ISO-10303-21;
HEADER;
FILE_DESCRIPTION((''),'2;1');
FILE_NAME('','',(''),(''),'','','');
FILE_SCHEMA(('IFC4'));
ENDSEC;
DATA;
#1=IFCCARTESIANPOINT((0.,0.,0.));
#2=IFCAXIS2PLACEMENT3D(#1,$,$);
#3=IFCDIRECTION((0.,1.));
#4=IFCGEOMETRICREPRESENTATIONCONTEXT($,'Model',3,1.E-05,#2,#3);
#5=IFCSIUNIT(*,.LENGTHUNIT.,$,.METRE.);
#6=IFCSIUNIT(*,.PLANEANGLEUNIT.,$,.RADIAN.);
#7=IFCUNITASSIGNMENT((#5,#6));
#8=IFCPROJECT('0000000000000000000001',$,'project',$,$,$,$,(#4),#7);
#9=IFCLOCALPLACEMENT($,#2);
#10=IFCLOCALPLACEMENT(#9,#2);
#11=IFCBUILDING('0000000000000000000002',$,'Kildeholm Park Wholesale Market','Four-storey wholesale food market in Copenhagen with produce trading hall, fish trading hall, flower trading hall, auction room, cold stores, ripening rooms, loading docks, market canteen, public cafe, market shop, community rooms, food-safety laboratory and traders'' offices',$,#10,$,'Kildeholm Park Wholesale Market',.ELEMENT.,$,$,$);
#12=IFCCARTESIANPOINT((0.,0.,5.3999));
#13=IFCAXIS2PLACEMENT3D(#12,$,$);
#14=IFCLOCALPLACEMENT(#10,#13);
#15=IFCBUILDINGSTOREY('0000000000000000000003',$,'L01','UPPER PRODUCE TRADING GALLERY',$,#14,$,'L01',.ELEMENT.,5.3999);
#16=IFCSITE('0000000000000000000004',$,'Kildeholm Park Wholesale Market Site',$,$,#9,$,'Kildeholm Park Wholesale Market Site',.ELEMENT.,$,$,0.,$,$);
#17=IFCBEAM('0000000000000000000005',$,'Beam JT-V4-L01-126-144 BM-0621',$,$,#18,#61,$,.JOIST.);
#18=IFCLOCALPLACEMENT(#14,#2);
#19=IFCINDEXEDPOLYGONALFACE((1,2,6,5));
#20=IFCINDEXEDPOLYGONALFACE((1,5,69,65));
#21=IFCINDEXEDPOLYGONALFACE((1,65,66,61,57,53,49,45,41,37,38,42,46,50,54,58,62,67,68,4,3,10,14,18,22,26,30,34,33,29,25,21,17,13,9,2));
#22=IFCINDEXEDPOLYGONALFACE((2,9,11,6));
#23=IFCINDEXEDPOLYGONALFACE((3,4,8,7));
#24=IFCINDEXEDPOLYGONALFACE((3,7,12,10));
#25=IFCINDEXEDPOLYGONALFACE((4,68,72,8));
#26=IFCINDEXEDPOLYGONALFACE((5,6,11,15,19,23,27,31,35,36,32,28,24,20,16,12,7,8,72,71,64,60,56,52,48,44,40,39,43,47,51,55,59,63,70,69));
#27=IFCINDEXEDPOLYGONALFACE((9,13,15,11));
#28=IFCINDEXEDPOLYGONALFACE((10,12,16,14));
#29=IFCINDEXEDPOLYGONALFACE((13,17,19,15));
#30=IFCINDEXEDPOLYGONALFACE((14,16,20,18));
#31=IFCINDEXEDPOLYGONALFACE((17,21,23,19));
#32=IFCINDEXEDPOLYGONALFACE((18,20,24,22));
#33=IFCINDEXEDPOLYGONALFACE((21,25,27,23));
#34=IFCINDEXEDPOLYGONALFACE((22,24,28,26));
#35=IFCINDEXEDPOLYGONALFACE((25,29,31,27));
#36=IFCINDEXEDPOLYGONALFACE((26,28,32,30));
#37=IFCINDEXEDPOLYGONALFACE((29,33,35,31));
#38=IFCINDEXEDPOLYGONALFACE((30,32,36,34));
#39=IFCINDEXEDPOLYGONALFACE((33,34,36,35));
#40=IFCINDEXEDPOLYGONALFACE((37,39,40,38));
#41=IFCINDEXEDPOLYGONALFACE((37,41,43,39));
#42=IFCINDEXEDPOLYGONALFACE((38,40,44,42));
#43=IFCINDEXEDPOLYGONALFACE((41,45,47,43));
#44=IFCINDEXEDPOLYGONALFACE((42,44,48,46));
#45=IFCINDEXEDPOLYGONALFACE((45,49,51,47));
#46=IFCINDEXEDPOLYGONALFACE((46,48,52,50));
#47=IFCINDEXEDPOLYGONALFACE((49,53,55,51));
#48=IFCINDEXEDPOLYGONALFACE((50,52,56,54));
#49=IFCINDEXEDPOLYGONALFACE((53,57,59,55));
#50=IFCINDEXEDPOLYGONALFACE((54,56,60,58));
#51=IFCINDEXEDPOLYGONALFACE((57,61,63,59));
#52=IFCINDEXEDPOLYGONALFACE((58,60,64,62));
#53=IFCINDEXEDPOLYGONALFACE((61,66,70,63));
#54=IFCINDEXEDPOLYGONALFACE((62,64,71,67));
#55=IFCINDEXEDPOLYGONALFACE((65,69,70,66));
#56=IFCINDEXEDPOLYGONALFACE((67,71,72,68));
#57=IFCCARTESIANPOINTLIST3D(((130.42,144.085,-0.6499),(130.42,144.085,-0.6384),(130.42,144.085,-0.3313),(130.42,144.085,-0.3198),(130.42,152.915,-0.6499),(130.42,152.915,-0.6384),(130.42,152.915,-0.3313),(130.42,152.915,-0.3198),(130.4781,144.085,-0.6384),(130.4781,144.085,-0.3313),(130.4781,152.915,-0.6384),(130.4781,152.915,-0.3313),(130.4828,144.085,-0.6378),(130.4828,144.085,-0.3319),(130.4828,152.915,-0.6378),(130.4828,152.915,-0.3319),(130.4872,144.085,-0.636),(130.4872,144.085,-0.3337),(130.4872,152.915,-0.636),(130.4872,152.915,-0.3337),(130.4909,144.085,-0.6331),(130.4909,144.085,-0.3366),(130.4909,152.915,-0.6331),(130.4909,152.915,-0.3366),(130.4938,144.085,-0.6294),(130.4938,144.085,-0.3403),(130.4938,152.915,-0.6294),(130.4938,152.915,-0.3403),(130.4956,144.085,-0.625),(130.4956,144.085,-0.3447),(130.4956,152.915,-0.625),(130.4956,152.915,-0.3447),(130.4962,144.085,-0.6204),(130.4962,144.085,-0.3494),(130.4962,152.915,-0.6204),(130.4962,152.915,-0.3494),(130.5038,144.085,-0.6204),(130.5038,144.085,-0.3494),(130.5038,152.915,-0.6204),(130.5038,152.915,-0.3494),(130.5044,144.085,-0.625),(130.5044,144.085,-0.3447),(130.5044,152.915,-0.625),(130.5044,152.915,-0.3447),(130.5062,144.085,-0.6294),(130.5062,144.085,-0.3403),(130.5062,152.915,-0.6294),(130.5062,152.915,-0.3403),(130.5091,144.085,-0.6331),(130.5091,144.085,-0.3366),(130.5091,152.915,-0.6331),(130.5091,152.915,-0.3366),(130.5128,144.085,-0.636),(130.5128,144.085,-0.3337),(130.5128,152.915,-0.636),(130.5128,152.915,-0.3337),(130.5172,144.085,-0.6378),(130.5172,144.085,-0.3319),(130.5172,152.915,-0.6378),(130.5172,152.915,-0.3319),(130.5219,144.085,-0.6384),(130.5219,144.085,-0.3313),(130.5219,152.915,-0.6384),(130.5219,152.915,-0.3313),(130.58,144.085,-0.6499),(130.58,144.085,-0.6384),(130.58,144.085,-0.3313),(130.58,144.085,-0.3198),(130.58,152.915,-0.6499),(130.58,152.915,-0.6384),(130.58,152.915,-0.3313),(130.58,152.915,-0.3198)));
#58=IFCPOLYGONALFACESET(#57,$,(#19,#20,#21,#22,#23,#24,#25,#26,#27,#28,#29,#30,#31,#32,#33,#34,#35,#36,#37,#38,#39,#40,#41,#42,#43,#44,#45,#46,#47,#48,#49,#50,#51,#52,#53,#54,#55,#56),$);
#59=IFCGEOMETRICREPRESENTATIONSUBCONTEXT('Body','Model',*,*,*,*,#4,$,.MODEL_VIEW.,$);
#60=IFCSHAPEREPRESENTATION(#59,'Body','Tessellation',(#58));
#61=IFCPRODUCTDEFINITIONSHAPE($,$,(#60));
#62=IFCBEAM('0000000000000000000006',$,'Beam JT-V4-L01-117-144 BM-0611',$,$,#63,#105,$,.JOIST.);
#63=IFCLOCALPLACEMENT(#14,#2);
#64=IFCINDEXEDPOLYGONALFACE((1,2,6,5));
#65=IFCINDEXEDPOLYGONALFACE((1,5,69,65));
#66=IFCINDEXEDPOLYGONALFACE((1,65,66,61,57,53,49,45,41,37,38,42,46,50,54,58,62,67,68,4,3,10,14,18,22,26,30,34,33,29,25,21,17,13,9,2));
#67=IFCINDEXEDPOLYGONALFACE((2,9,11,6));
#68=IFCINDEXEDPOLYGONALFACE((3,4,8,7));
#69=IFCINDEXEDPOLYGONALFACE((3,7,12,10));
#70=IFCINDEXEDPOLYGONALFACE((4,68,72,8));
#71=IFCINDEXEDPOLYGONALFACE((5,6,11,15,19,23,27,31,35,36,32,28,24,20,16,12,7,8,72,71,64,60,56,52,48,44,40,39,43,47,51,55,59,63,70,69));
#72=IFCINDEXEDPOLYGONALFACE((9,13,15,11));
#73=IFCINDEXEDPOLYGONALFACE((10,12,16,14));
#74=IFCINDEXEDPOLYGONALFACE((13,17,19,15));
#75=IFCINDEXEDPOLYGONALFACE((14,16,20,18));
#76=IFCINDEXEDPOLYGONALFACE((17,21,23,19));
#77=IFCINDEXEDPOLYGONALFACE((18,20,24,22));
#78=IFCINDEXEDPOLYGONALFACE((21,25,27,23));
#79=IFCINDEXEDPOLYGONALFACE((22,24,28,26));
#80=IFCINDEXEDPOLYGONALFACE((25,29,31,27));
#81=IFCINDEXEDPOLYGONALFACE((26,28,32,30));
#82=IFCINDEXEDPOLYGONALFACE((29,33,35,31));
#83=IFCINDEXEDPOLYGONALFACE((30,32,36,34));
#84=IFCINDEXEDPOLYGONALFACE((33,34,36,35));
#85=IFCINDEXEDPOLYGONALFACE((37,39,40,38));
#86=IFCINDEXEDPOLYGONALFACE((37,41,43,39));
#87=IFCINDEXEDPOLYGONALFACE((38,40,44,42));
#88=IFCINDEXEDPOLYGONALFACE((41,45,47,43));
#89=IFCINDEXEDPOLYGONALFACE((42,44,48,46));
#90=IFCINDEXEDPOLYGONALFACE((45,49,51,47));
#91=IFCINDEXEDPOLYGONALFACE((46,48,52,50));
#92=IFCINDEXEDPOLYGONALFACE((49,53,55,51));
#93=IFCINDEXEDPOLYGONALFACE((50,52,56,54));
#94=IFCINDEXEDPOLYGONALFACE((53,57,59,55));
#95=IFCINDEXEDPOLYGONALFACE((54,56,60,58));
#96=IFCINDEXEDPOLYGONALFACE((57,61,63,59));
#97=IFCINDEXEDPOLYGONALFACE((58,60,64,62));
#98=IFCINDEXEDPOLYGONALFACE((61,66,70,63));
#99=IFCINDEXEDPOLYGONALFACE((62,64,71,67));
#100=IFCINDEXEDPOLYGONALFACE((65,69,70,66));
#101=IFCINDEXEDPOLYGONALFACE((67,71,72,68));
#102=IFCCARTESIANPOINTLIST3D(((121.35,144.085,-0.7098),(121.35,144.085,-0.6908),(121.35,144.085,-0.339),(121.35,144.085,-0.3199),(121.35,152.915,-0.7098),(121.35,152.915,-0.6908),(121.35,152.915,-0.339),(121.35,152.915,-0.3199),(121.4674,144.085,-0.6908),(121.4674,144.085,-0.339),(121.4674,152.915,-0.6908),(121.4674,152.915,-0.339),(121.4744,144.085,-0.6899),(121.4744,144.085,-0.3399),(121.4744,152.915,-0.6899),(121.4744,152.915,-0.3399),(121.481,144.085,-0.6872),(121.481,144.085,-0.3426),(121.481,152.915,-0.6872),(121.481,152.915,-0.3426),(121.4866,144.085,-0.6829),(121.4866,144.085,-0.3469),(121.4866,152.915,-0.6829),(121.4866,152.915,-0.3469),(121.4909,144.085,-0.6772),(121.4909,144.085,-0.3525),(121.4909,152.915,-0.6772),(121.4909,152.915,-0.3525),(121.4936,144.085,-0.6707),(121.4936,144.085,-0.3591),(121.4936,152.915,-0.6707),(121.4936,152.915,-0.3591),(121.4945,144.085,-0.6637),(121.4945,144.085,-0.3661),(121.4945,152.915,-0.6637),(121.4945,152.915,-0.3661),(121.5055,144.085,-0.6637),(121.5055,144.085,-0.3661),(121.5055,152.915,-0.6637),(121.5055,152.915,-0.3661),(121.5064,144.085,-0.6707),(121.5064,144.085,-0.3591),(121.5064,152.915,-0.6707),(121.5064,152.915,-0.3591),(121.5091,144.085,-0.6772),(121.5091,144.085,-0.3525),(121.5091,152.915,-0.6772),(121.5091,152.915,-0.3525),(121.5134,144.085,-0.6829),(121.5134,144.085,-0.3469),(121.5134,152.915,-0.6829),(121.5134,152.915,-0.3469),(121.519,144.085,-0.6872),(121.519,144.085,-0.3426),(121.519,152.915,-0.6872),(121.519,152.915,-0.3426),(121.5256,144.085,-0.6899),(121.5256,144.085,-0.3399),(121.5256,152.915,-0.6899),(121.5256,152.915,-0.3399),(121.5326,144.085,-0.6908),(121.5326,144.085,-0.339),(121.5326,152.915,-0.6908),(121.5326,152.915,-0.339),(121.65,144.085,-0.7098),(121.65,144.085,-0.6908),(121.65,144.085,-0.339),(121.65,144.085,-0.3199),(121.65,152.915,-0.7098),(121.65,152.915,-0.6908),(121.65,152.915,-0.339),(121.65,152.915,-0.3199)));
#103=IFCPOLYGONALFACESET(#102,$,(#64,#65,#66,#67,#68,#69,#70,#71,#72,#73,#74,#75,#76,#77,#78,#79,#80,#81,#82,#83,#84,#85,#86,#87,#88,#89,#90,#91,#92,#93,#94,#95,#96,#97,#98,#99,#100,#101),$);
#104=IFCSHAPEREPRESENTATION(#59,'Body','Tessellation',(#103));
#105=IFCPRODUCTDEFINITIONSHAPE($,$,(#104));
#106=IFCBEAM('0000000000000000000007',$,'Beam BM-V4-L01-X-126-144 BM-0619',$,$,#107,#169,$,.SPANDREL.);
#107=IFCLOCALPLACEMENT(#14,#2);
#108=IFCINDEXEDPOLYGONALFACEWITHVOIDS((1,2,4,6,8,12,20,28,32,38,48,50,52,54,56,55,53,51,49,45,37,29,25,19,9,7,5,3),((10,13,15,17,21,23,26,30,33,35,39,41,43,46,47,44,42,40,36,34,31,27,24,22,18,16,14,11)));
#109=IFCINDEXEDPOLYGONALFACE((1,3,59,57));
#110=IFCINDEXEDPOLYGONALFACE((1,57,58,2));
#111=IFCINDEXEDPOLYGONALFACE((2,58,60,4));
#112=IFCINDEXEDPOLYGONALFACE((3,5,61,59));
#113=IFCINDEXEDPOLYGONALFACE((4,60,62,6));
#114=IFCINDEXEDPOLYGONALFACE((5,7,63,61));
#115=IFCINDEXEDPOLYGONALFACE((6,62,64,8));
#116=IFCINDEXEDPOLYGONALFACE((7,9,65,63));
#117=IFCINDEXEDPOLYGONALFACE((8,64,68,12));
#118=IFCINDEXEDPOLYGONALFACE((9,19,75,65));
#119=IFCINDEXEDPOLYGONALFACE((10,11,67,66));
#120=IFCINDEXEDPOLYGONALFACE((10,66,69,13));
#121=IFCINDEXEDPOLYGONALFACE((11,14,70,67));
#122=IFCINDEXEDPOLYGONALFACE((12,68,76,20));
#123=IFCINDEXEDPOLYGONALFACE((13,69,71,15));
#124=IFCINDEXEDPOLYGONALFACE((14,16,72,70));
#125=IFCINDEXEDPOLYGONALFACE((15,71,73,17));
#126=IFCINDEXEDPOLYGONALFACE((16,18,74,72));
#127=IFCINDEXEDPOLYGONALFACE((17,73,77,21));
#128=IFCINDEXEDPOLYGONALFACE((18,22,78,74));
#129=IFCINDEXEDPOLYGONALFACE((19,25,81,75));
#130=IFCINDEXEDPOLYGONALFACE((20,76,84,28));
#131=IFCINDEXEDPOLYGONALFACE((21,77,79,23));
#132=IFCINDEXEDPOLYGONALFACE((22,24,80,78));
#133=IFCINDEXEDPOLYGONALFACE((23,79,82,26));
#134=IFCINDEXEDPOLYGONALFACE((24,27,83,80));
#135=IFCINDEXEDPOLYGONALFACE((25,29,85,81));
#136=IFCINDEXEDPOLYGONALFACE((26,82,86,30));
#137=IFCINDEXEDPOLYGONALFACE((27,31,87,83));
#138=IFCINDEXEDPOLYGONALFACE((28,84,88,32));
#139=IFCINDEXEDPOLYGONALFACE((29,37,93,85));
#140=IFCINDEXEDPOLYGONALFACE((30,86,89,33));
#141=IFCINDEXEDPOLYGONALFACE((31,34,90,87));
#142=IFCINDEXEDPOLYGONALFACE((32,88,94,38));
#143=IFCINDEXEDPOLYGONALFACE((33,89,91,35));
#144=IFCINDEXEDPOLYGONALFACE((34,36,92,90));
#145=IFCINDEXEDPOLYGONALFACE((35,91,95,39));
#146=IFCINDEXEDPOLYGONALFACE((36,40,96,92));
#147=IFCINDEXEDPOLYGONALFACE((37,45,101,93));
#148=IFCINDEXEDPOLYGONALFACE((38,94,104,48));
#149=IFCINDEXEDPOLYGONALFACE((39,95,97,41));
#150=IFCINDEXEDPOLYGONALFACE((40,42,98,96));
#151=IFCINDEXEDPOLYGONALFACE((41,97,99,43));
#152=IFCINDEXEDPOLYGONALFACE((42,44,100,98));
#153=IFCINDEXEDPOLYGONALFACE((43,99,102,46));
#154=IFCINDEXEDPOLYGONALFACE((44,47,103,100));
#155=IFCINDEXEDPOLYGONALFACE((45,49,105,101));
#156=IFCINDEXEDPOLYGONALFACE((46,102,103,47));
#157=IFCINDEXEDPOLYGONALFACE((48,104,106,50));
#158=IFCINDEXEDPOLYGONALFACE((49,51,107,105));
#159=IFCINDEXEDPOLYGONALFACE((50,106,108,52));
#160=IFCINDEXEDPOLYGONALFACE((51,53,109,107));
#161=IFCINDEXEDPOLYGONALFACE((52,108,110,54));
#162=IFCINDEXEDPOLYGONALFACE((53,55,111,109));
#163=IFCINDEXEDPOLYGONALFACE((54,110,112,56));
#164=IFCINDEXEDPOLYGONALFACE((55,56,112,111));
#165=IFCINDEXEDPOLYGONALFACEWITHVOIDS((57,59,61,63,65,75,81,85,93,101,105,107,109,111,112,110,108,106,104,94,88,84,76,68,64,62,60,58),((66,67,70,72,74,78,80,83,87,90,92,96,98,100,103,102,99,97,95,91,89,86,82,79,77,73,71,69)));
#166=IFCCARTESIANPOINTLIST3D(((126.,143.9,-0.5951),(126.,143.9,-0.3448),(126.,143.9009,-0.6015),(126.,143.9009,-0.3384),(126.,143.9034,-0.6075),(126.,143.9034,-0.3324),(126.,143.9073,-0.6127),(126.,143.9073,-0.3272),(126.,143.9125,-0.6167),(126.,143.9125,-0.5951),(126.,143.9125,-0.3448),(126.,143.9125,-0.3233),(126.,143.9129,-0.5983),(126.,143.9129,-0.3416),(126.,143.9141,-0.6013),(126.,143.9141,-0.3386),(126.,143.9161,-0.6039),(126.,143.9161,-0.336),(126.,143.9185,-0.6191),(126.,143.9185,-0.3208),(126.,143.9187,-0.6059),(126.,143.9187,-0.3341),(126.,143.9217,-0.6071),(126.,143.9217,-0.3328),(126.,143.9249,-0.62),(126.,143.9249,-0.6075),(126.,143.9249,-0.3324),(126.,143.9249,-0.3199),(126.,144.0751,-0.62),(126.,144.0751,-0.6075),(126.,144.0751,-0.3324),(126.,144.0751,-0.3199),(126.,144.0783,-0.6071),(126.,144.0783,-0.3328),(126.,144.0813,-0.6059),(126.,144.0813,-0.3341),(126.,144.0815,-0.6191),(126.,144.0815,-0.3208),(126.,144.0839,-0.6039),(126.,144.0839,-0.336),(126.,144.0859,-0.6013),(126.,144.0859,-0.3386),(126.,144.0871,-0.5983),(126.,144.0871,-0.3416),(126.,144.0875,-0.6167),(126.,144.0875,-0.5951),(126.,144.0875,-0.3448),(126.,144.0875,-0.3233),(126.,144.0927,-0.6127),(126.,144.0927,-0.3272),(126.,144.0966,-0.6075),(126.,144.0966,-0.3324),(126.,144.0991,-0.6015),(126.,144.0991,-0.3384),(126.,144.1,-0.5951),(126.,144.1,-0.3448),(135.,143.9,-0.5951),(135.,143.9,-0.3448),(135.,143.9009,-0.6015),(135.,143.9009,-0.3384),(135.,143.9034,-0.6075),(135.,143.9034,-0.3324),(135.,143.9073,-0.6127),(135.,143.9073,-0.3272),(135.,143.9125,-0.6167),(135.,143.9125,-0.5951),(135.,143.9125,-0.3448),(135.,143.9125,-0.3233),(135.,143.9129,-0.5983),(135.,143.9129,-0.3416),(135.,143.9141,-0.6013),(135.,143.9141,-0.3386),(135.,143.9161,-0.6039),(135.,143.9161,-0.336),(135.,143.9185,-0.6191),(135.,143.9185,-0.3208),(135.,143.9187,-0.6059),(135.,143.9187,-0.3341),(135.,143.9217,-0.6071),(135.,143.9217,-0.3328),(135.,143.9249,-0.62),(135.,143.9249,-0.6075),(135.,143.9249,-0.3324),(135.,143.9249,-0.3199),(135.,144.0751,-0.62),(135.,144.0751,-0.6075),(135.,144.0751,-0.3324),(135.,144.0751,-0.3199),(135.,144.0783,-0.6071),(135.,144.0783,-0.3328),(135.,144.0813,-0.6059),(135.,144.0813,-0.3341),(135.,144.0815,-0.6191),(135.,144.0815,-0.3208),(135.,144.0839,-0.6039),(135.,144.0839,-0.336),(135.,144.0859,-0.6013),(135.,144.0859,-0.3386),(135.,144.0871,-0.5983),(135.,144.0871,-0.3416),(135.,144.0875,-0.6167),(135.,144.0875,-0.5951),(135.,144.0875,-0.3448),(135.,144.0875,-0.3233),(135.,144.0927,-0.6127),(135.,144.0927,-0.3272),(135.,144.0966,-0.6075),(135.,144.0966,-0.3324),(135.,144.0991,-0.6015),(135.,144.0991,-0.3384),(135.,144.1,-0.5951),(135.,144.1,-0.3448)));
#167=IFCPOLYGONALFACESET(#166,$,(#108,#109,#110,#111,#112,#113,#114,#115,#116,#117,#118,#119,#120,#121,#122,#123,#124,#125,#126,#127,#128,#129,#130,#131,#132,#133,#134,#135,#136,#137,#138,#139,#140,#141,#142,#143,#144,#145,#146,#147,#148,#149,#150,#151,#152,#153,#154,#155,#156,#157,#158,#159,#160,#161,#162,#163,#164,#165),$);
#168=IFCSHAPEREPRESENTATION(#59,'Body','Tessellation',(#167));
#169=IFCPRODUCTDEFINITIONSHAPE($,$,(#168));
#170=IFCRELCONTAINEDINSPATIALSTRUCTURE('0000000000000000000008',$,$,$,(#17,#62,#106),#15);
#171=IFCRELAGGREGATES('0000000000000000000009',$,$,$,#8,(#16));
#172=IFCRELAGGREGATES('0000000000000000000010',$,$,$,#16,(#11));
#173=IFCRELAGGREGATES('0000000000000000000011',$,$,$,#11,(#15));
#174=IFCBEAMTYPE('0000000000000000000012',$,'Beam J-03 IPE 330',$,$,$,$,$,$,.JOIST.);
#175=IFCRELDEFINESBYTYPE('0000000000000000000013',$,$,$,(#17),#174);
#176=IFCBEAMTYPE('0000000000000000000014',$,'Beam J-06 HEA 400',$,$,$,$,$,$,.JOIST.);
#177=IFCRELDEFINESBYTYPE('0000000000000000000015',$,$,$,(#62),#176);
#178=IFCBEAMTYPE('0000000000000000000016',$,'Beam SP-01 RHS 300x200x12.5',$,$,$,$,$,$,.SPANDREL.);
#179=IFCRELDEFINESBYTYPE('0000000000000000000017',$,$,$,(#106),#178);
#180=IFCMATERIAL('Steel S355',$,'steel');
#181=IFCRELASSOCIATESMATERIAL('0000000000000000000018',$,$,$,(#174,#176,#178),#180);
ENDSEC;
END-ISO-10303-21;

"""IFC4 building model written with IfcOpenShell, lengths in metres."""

from ifc_helpers import new_model, si_unit, direction, frame, origin, origin_2d, place, context, subcontext, project, spatial, hollow_rectangle, i_section, extrude, material, material_profile, profile_set, type_object, element, save


model = new_model("IFC4")

# Units and contexts
model_context = context("Model", 3, precision=1e-05, world=origin(), true_north=direction((0.0, 1.0)))
body_context = subcontext(model_context, "Body", "Model", "MODEL_VIEW")
ifc_project = project(units=[si_unit("LENGTHUNIT", "METRE"), si_unit("PLANEANGLEUNIT", "RADIAN")], contexts=[model_context])

# Site, building, storey
site_placement = place(None, origin())
site = spatial("IfcSite", under=ifc_project, at=site_placement, Name="Kildeholm Park Wholesale Market Site", LongName="Kildeholm Park Wholesale Market Site", CompositionType="ELEMENT", RefElevation=0.0)
building_placement = place(site_placement, origin())
building = spatial("IfcBuilding", under=site, at=building_placement, Name="Kildeholm Park Wholesale Market", Description="Four-storey wholesale food market in Copenhagen with produce trading hall, fish trading hall, flower trading hall, auction room, cold stores, ripening rooms, loading docks, market canteen, public cafe, market shop, community rooms, food-safety laboratory and traders' offices", LongName="Kildeholm Park Wholesale Market", CompositionType="ELEMENT")
storey_placement = place(building_placement, frame((0.0, 0.0, 5.3999)))
storey = spatial("IfcBuildingStorey", under=building, at=storey_placement, Name="L01", Description="UPPER PRODUCE TRADING GALLERY", LongName="L01", CompositionType="ELEMENT", Elevation=5.3999)

# Beams
ifc_material_1 = material(Name="Steel S355", Category="steel")
ifc_material_profile_1 = material_profile(ifc_material_1, i_section(OverallWidth=0.1599, OverallDepth=0.3301, WebThickness=0.0076, FlangeThickness=0.0115, FilletRadius=0.0181, at=origin_2d()), Name="IPE 330")
ifc_profile_set_1 = profile_set([ifc_material_profile_1], Name="Steel S355")
beam_type_1 = type_object("IfcBeamType", Name="Beam J-03 IPE 330", PredefinedType="JOIST", material=ifc_profile_set_1)
beam_1_placement = place(storey_placement, frame((130.5, 144.085, -0.4849), z_axis=(0.0, 1.0, 0.0), x_axis=(-1.0, 0.0, 0.0)))
element("IfcBeam", 1, at=beam_1_placement, inside=storey, type_object=beam_type_1, Name="Beam JT-V4-L01-126-144 BM-0621", PredefinedType="JOIST", context=body_context, shape_type="SweptSolid", body=[
    extrude(i_section(OverallWidth=0.1599, OverallDepth=0.3301, WebThickness=0.0076, FlangeThickness=0.0115, FilletRadius=0.0181, at=origin_2d()), origin(), (0.0, 0.0, 1.0), 8.8301),
])
ifc_material_profile_2 = material_profile(ifc_material_1, i_section(OverallWidth=0.3, OverallDepth=0.3899, WebThickness=0.011, FlangeThickness=0.019, FilletRadius=0.0271, at=origin_2d()), Name="HEA 400")
ifc_profile_set_2 = profile_set([ifc_material_profile_2], Name="Steel S355")
beam_type_2 = type_object("IfcBeamType", Name="Beam J-06 HEA 400", PredefinedType="JOIST", material=ifc_profile_set_2)
beam_2_placement = place(storey_placement, frame((121.5, 144.085, -0.5149), z_axis=(0.0, 1.0, 0.0), x_axis=(-1.0, 0.0, 0.0)))
element("IfcBeam", 2, at=beam_2_placement, inside=storey, type_object=beam_type_2, Name="Beam JT-V4-L01-117-144 BM-0611", PredefinedType="JOIST", context=body_context, shape_type="SweptSolid", body=[
    extrude(i_section(OverallWidth=0.3, OverallDepth=0.3899, WebThickness=0.011, FlangeThickness=0.019, FilletRadius=0.0271, at=origin_2d()), origin(), (0.0, 0.0, 1.0), 8.8301),
])
ifc_material_profile_3 = material_profile(ifc_material_1, hollow_rectangle(XDim=0.2, YDim=0.3, WallThickness=0.0125, InnerFilletRadius=0.0125, OuterFilletRadius=0.0249, at=origin_2d()), Name="RHS 300x200x12.5")
ifc_profile_set_3 = profile_set([ifc_material_profile_3], Name="Steel S355")
beam_type_3 = type_object("IfcBeamType", Name="Beam SP-01 RHS 300x200x12.5", PredefinedType="SPANDREL", material=ifc_profile_set_3)
for number, where, z_axis, x_axis, name in (
    (3, (126.0, 144.0, -0.47), (1.0, 0.0, 0.0), (0.0, 1.0, 0.0), "Beam BM-V4-L01-X-126-144 BM-0619"),
):
    element("IfcBeam", number, at=place(storey_placement, frame(where, z_axis=z_axis, x_axis=x_axis)), inside=storey, type_object=beam_type_3, Name=name, PredefinedType="SPANDREL", context=body_context, shape_type="SweptSolid", body=[
        extrude(hollow_rectangle(XDim=0.2, YDim=0.3, WallThickness=0.0125, InnerFilletRadius=0.0125, OuterFilletRadius=0.0249, at=origin_2d()), origin(), (0.0, 0.0, 1.0), 9.0),
    ])

save(model, "model.ifc")
